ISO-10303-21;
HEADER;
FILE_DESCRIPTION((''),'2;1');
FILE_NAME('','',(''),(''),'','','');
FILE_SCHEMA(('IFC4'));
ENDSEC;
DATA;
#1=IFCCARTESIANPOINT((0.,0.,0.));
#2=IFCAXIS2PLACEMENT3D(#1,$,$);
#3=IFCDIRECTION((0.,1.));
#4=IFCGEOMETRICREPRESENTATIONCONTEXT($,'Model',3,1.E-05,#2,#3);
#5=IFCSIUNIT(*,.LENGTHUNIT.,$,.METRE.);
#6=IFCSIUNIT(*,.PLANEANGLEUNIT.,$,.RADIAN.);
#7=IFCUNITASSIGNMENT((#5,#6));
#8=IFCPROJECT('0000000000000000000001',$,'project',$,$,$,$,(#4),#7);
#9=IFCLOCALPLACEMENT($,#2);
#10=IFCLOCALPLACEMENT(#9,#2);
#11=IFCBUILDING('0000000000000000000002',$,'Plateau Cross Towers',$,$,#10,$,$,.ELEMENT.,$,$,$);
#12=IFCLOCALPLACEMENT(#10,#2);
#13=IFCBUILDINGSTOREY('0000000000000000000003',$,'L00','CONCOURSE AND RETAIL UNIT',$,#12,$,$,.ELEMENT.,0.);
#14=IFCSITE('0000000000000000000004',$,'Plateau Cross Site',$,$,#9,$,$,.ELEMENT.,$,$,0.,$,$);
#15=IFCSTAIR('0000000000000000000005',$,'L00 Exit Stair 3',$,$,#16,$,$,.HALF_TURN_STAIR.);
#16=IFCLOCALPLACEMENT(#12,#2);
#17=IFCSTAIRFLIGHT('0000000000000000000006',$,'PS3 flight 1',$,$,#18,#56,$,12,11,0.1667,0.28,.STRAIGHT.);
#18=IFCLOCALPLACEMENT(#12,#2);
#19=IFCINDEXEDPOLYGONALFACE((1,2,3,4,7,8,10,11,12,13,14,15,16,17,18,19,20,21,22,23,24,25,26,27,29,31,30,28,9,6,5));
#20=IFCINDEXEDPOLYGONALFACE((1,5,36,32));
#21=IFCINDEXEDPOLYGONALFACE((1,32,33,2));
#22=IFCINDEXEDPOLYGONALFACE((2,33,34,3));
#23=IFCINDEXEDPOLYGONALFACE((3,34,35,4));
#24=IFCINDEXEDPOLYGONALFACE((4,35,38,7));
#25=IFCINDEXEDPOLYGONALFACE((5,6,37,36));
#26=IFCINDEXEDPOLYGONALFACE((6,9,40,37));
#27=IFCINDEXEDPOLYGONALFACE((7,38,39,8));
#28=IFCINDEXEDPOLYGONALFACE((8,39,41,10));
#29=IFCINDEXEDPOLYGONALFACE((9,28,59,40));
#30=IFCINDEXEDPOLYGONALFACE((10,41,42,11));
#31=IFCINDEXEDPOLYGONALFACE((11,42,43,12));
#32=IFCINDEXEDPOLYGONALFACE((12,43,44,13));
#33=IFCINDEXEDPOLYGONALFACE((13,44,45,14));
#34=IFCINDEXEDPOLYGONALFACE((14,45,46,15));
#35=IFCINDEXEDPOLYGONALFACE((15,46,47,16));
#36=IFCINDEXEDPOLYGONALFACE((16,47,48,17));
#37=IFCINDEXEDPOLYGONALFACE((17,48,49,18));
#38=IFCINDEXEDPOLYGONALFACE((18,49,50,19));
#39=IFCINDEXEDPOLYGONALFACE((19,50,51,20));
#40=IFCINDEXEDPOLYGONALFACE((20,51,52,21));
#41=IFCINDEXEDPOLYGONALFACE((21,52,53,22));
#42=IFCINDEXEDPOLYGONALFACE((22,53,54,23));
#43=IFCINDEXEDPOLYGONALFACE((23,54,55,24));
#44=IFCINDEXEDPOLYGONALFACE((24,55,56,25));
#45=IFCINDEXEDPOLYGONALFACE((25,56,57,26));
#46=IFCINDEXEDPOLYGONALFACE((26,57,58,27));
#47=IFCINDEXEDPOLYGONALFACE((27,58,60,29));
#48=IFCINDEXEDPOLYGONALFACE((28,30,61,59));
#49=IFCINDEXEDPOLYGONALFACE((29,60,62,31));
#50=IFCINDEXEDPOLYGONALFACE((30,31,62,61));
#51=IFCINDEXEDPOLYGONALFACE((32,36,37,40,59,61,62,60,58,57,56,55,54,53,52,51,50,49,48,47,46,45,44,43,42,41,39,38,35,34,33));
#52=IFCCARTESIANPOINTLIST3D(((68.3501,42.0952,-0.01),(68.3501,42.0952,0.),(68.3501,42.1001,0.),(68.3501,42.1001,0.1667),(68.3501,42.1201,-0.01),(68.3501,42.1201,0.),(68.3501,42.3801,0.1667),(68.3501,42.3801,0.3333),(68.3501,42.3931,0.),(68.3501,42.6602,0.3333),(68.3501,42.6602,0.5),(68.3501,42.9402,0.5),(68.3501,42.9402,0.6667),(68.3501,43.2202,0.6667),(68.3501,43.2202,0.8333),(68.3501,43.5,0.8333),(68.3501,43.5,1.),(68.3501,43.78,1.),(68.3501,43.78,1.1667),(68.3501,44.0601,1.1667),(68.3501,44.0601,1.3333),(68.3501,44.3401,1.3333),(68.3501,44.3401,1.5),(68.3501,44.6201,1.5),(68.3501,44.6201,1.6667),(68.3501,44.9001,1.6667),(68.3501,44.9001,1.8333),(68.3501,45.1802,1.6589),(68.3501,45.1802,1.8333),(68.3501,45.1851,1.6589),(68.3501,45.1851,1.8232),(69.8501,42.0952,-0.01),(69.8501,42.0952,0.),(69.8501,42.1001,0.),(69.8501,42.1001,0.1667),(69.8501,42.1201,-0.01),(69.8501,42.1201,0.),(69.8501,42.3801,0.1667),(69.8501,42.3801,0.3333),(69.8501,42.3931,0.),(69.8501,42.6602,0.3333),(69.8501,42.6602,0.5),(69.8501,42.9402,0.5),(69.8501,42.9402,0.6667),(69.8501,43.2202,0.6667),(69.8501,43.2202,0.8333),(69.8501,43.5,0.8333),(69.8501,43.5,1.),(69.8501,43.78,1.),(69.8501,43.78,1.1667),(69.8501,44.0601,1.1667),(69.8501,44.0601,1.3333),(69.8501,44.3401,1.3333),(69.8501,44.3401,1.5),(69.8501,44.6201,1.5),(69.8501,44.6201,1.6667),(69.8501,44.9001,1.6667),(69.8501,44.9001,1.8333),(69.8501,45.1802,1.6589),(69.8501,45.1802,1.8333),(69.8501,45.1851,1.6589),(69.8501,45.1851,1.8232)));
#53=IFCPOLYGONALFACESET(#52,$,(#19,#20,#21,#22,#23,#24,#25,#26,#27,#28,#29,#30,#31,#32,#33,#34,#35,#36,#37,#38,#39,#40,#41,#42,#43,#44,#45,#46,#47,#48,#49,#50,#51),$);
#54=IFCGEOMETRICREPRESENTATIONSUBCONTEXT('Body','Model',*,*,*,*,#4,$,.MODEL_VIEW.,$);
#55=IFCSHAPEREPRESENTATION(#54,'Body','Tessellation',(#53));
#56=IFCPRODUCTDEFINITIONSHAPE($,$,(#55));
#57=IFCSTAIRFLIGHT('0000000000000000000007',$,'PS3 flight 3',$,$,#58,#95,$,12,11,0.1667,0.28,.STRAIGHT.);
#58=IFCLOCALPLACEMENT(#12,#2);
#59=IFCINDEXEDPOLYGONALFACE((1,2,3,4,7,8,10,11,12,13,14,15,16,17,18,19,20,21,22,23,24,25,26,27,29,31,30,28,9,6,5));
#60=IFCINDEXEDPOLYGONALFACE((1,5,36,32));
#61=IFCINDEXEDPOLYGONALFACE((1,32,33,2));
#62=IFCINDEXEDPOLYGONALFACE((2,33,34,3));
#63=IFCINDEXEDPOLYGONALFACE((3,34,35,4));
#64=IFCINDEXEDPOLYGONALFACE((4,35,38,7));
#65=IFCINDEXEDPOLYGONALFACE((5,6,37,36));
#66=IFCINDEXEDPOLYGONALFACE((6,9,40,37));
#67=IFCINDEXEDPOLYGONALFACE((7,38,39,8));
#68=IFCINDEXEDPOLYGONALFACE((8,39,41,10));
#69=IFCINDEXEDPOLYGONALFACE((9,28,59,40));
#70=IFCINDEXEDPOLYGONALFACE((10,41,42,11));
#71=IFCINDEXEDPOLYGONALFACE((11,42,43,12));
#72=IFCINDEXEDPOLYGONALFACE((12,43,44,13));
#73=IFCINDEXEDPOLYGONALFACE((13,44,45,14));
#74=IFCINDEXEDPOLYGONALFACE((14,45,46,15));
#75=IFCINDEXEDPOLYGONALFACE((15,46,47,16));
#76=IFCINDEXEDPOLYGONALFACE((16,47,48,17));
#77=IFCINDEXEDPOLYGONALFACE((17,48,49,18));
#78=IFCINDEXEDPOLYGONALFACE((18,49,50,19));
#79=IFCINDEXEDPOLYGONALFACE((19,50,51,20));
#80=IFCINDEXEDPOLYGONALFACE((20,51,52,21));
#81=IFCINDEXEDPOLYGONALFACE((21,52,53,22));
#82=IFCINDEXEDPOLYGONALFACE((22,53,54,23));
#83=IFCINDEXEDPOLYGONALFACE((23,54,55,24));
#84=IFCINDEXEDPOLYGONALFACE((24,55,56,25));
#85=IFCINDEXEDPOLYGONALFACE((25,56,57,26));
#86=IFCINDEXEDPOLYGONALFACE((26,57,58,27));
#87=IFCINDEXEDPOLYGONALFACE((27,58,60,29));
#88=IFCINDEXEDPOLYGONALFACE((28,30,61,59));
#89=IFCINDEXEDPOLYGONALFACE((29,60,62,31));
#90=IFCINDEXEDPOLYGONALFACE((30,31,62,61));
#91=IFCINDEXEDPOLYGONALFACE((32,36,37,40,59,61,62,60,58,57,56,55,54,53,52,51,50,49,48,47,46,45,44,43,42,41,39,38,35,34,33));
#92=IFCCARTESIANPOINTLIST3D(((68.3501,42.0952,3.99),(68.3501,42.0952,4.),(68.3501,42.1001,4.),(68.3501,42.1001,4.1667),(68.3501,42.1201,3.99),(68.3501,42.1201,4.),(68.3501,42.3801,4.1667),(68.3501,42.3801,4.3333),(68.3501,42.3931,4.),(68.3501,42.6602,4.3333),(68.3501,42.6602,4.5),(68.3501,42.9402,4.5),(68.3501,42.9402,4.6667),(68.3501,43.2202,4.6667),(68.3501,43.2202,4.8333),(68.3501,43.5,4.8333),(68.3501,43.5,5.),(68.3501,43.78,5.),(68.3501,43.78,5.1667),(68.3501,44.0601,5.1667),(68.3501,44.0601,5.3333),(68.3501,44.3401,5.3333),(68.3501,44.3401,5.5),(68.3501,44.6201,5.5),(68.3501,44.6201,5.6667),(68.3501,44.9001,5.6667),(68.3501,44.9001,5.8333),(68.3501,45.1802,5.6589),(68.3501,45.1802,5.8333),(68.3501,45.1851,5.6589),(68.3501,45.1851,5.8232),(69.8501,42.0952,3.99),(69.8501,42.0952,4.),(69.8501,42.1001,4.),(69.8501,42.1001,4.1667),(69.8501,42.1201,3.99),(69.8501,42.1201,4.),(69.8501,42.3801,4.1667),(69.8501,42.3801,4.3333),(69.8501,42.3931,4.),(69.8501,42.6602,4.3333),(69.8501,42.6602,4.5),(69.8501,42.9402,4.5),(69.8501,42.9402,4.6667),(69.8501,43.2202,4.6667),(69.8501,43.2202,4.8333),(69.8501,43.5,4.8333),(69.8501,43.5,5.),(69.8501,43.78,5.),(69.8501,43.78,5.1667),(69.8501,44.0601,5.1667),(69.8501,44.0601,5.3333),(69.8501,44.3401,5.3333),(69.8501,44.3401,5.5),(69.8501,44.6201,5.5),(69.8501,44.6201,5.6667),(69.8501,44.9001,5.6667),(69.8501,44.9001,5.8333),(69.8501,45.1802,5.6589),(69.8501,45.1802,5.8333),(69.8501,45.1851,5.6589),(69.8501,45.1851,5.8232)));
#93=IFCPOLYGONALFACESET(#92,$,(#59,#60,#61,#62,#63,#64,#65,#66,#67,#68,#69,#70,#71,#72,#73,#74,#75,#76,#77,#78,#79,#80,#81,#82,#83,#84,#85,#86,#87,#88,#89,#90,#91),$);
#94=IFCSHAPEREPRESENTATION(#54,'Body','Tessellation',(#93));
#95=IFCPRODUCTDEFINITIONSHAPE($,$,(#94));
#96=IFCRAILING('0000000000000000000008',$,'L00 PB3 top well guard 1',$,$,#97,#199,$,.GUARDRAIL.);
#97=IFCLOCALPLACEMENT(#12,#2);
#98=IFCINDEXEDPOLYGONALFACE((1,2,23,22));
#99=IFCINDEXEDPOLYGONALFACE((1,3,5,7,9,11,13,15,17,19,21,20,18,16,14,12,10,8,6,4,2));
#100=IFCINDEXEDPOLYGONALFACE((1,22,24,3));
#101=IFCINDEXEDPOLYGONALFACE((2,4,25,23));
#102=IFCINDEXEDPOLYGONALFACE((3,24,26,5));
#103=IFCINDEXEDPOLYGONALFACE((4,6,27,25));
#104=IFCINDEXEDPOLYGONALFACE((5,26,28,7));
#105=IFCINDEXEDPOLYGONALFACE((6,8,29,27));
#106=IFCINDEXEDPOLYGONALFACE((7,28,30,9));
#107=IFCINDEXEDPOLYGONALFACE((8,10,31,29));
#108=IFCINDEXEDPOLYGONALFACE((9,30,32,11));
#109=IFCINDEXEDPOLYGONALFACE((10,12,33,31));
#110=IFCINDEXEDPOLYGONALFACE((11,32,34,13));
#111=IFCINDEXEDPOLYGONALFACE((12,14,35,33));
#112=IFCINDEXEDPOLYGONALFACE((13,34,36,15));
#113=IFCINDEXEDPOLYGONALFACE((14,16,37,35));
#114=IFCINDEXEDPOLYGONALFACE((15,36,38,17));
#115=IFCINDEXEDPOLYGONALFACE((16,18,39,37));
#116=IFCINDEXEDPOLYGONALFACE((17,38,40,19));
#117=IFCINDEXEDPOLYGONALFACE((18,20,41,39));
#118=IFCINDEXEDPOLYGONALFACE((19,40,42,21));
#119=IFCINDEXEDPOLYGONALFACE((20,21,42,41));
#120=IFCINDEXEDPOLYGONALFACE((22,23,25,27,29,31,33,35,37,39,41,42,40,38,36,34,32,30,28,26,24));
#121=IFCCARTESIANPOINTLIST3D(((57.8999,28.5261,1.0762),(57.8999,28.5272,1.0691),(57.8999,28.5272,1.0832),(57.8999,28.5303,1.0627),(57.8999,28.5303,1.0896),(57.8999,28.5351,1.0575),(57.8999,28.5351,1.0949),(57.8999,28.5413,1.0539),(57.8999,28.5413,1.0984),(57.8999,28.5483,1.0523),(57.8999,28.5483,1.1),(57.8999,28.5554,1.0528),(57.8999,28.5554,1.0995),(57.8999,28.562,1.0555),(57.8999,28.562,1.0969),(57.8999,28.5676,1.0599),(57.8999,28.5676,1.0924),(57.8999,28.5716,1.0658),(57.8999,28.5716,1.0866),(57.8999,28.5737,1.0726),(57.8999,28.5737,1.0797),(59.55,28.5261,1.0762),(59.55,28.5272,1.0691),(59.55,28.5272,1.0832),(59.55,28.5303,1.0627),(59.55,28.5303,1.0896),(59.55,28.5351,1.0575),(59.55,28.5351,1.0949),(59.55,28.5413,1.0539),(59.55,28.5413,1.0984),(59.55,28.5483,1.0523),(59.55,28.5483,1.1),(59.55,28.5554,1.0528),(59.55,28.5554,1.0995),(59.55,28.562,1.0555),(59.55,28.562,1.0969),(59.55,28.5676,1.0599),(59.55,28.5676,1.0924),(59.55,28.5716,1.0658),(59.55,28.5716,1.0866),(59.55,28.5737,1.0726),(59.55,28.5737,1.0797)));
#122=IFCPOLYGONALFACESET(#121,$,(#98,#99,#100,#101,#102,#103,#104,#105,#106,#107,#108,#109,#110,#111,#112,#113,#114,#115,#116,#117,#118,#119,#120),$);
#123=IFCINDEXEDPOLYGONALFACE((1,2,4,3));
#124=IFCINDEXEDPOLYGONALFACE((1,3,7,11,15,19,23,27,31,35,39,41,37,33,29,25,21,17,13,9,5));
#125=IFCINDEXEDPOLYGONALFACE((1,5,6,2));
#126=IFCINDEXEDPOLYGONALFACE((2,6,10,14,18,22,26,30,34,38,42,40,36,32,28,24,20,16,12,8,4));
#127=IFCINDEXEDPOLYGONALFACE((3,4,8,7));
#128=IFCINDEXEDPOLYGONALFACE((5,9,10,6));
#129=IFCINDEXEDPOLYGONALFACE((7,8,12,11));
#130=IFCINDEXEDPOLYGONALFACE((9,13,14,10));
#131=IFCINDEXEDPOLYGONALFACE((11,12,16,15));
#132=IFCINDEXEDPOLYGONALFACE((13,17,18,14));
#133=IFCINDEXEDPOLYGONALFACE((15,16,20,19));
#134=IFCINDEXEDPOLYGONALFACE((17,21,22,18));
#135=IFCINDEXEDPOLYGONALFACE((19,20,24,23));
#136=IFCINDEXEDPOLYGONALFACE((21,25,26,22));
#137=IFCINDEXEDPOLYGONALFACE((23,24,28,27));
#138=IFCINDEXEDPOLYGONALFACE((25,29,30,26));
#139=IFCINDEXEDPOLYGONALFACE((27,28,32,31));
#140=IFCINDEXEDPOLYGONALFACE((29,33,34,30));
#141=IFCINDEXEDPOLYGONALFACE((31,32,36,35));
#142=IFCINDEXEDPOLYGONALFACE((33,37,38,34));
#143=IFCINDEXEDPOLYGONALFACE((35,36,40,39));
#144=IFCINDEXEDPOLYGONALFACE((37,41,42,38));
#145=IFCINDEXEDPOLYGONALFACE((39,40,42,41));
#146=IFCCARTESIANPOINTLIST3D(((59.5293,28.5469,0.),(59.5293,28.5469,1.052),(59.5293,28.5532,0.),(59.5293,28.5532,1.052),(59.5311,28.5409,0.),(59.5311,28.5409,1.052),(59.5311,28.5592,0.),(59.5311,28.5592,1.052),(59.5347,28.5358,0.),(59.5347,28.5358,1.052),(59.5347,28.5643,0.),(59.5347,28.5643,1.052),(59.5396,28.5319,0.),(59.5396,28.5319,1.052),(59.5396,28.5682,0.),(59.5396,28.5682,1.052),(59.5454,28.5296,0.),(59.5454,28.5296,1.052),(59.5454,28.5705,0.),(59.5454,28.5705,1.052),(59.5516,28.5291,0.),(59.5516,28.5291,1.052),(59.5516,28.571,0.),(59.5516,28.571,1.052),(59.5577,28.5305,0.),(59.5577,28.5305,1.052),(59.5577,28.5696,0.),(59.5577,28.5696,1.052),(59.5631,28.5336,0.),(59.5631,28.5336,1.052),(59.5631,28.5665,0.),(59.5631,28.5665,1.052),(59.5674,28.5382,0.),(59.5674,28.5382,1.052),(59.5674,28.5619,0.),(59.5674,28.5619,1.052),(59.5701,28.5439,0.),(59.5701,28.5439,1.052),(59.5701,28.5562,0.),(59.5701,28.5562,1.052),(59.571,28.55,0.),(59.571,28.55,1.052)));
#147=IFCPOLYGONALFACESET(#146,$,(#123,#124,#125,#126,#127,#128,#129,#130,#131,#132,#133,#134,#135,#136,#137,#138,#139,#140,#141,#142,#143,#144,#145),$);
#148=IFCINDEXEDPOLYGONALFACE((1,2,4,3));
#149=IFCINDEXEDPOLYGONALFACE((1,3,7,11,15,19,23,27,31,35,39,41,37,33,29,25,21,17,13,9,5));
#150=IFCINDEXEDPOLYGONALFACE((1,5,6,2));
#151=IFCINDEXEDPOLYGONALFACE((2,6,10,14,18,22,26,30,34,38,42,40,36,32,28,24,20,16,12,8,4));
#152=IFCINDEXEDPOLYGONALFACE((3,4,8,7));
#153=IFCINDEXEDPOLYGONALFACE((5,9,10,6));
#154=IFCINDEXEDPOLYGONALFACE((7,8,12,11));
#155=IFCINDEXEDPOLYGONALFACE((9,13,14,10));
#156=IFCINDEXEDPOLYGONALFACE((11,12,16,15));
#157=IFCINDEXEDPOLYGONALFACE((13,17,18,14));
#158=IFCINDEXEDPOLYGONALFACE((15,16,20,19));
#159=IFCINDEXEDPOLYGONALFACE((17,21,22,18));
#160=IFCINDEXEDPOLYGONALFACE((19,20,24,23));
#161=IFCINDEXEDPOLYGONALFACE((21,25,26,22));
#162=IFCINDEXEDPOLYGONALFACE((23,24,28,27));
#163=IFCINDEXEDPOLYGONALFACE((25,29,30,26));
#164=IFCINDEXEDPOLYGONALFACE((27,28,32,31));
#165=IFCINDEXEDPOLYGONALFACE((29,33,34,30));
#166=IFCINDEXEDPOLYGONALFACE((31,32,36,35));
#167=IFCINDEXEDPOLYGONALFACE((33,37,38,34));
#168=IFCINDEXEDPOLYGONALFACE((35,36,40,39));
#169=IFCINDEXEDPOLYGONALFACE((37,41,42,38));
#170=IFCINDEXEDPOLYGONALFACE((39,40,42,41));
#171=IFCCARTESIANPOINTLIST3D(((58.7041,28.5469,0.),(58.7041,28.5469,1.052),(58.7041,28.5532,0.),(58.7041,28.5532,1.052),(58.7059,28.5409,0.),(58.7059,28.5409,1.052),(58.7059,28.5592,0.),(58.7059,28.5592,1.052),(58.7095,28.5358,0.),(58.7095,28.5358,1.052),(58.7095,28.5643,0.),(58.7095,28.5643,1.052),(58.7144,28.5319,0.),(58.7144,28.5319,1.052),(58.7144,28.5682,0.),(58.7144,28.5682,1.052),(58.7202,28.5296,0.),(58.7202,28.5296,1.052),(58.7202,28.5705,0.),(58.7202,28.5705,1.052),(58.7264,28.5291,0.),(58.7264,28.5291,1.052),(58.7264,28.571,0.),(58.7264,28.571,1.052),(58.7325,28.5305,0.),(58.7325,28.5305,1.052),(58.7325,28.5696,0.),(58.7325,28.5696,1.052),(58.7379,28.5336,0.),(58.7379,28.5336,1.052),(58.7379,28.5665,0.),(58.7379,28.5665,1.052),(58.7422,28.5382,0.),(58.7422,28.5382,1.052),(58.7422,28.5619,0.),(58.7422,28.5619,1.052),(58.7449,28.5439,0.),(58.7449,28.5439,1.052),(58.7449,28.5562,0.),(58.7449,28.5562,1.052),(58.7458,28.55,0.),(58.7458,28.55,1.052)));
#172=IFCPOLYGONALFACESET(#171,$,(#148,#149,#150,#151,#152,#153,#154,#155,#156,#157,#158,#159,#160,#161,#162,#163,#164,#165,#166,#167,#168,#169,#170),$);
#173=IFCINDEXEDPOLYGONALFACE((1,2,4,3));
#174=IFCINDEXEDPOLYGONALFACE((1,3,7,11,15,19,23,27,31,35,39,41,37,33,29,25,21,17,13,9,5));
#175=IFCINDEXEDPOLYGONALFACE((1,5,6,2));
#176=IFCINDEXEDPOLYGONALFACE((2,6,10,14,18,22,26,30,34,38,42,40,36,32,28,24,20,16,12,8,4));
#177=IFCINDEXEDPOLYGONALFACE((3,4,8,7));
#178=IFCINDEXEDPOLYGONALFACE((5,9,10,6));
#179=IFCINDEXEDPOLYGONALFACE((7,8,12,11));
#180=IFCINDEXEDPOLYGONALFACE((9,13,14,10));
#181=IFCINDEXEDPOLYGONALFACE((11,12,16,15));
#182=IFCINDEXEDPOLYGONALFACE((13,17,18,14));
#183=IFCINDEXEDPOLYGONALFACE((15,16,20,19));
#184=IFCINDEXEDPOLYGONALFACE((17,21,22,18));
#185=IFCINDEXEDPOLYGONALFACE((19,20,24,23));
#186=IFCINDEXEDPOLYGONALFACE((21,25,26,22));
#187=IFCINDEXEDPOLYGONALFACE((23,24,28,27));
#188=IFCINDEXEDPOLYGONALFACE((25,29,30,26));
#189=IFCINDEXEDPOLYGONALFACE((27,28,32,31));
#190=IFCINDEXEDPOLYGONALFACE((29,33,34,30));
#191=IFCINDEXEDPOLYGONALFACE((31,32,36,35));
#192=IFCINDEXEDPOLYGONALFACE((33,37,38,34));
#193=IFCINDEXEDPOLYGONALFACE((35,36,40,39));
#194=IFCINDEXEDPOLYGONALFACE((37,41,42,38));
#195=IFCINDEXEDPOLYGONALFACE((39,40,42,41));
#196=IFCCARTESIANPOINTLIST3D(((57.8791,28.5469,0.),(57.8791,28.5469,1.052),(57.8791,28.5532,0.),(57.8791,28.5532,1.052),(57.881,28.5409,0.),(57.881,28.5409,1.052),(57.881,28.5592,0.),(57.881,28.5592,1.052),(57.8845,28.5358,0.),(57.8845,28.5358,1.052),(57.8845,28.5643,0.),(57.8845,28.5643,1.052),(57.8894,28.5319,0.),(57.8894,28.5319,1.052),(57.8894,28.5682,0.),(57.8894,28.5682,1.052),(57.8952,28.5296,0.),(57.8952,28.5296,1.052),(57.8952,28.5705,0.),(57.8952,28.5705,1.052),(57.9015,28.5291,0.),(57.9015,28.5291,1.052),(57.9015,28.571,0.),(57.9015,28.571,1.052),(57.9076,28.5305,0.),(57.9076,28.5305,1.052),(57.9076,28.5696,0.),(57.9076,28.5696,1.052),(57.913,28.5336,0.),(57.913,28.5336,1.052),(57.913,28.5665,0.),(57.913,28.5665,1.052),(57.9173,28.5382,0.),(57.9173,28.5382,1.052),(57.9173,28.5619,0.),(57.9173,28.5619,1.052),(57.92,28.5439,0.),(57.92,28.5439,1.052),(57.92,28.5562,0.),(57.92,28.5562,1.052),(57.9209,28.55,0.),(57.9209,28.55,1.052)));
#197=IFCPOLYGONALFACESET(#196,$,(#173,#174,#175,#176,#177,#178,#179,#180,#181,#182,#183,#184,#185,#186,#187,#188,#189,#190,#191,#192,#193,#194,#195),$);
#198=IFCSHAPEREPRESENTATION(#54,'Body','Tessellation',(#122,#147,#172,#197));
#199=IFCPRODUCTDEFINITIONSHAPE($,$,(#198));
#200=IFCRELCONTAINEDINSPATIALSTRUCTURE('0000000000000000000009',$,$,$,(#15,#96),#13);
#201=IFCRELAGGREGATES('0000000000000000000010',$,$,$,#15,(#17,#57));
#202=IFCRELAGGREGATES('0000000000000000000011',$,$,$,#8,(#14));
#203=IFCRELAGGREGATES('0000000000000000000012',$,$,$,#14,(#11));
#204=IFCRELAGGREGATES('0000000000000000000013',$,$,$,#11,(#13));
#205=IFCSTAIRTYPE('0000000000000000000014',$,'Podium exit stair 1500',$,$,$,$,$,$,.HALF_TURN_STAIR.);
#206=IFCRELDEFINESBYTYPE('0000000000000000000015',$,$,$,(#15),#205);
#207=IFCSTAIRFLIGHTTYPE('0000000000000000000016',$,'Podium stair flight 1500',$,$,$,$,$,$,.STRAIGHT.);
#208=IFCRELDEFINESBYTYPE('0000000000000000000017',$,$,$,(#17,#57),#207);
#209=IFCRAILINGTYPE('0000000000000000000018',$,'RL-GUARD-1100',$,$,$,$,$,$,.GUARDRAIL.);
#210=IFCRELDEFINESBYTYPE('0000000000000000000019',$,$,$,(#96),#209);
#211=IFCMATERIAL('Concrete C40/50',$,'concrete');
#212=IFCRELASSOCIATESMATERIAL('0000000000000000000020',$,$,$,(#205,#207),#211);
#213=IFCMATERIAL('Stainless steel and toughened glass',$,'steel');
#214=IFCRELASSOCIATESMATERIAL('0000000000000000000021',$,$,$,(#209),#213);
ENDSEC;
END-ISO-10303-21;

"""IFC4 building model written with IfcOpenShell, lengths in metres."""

from ifc_helpers import new_model, si_unit, direction, frame, origin, origin_2d, place, context, subcontext, project, spatial, polyline, circle, outline, extrude, material, type_object, element, aggregate, save


model = new_model("IFC4")

# Units and contexts
model_context = context("Model", 3, precision=1e-05, world=origin(), true_north=direction((0.0, 1.0)))
body_context = subcontext(model_context, "Body", "Model", "MODEL_VIEW")
ifc_project = project(units=[si_unit("LENGTHUNIT", "METRE"), si_unit("PLANEANGLEUNIT", "RADIAN")], contexts=[model_context])

# Site, building, storey
site_placement = place(None, origin())
site = spatial("IfcSite", under=ifc_project, at=site_placement, Name="Plateau Cross Site", CompositionType="ELEMENT", RefElevation=0.0)
building_placement = place(site_placement, origin())
building = spatial("IfcBuilding", under=site, at=building_placement, Name="Plateau Cross Towers", CompositionType="ELEMENT")
storey_placement = place(building_placement, origin())
storey = spatial("IfcBuildingStorey", under=building, at=storey_placement, Name="L00", Description="CONCOURSE AND RETAIL UNIT", CompositionType="ELEMENT", Elevation=0.0)

# Stair, stair flights
ifc_material_1 = material(Name="Concrete C40/50", Category="concrete")
stair_type = type_object("IfcStairType", Name="Podium exit stair 1500", PredefinedType="HALF_TURN_STAIR", material=ifc_material_1)
stair_placement = place(storey_placement, origin())
stair = element("IfcStair", 1, at=stair_placement, inside=storey, type_object=stair_type, Name="L00 Exit Stair 3", PredefinedType="HALF_TURN_STAIR")
stair_flight_type = type_object("IfcStairFlightType", Name="Podium stair flight 1500", PredefinedType="STRAIGHT", material=ifc_material_1)
stair_flight_1_placement = place(storey_placement, frame((69.1001, 42.1001, 0.0), z_axis=(0.0, 0.0, 1.0), x_axis=(0.0, 1.0, 0.0)))
stair_flight_1 = element("IfcStairFlight", 2, at=stair_flight_1_placement, type_object=stair_flight_type, Name="PS3 flight 1", NumberOfRisers=12, NumberOfTreads=11, PredefinedType="STRAIGHT", RiserHeight=0.1667, TreadLength=0.28, context=body_context, shape_type="SweptSolid", body=[
    extrude(outline(polyline([(-0.0049, -0.01), (-0.0049, 0.0), (0.0, 0.0), (0.0, 0.1667), (0.28, 0.1667), (0.28, 0.3333), (0.5601, 0.3333), (0.5601, 0.5), (0.8401, 0.5), (0.8401, 0.6667), (1.1201, 0.6667), (1.1201, 0.8333), (1.3999, 0.8333), (1.3999, 1.0), (1.6799, 1.0), (1.6799, 1.1667), (1.96, 1.1667), (1.96, 1.3333), (2.24, 1.3333), (2.24, 1.5), (2.52, 1.5), (2.52, 1.6667), (2.8, 1.6667), (2.8, 1.8333), (3.0801, 1.8333), (3.085, 1.8232), (3.085, 1.6589), (3.0801, 1.6589), (0.293, 0.0), (0.02, 0.0), (0.02, -0.01), (-0.0049, -0.01)])), frame((0.0, 0.75, 0.0), z_axis=(0.0, -1.0, 0.0), x_axis=(1.0, 0.0, 0.0)), (0.0, 0.0, 1.0), 1.5),
])
stair_flight_2_placement = place(storey_placement, frame((69.1001, 42.1001, 4.0), z_axis=(0.0, 0.0, 1.0), x_axis=(0.0, 1.0, 0.0)))
stair_flight_2 = element("IfcStairFlight", 3, at=stair_flight_2_placement, type_object=stair_flight_type, Name="PS3 flight 3", NumberOfRisers=12, NumberOfTreads=11, PredefinedType="STRAIGHT", RiserHeight=0.1667, TreadLength=0.28, context=body_context, shape_type="SweptSolid", body=[
    extrude(outline(polyline([(-0.0049, -0.01), (-0.0049, 0.0), (0.0, 0.0), (0.0, 0.1667), (0.28, 0.1667), (0.28, 0.3333), (0.5601, 0.3333), (0.5601, 0.5), (0.8401, 0.5), (0.8401, 0.6667), (1.1201, 0.6667), (1.1201, 0.8333), (1.3999, 0.8333), (1.3999, 1.0), (1.6799, 1.0), (1.6799, 1.1667), (1.96, 1.1667), (1.96, 1.3333), (2.24, 1.3333), (2.24, 1.5), (2.52, 1.5), (2.52, 1.6667), (2.8, 1.6667), (2.8, 1.8333), (3.0801, 1.8333), (3.085, 1.8232), (3.085, 1.6589), (3.0801, 1.6589), (0.293, 0.0), (0.02, 0.0), (0.02, -0.01), (-0.0049, -0.01)])), frame((0.0, 0.75, 0.0), z_axis=(0.0, -1.0, 0.0), x_axis=(1.0, 0.0, 0.0)), (0.0, 0.0, 1.0), 1.5),
])
aggregate(stair, [stair_flight_1, stair_flight_2])

# Railing
ifc_material_2 = material(Name="Stainless steel and toughened glass", Category="steel")
railing_type_1 = type_object("IfcRailingType", Name="RL-GUARD-1100", PredefinedType="GUARDRAIL", material=ifc_material_2)
railing_1_placement = place(storey_placement, frame((59.55, 28.55, 0.0)))
element("IfcRailing", 4, at=railing_1_placement, inside=storey, type_object=railing_type_1, Name="L00 PB3 top well guard 1", PredefinedType="GUARDRAIL", context=body_context, shape_type="SweptSolid", body=[
    extrude(circle(Radius=0.0239, at=origin_2d()), frame((0.0, 0.0, 1.0762), z_axis=(-1.0, 0.0, 0.0), x_axis=(0.0, -1.0, 0.0)), (0.0, 0.0, 1.0), 1.6501),
    extrude(circle(Radius=0.021, at=origin_2d()), origin(), (0.0, 0.0, 1.0), 1.052),
    extrude(circle(Radius=0.021, at=origin_2d()), frame((-0.8252, 0.0, 0.0)), (0.0, 0.0, 1.0), 1.052),
    extrude(circle(Radius=0.021, at=origin_2d()), frame((-1.6501, 0.0, 0.0)), (0.0, 0.0, 1.0), 1.052),
])

save(model, "model.ifc")
